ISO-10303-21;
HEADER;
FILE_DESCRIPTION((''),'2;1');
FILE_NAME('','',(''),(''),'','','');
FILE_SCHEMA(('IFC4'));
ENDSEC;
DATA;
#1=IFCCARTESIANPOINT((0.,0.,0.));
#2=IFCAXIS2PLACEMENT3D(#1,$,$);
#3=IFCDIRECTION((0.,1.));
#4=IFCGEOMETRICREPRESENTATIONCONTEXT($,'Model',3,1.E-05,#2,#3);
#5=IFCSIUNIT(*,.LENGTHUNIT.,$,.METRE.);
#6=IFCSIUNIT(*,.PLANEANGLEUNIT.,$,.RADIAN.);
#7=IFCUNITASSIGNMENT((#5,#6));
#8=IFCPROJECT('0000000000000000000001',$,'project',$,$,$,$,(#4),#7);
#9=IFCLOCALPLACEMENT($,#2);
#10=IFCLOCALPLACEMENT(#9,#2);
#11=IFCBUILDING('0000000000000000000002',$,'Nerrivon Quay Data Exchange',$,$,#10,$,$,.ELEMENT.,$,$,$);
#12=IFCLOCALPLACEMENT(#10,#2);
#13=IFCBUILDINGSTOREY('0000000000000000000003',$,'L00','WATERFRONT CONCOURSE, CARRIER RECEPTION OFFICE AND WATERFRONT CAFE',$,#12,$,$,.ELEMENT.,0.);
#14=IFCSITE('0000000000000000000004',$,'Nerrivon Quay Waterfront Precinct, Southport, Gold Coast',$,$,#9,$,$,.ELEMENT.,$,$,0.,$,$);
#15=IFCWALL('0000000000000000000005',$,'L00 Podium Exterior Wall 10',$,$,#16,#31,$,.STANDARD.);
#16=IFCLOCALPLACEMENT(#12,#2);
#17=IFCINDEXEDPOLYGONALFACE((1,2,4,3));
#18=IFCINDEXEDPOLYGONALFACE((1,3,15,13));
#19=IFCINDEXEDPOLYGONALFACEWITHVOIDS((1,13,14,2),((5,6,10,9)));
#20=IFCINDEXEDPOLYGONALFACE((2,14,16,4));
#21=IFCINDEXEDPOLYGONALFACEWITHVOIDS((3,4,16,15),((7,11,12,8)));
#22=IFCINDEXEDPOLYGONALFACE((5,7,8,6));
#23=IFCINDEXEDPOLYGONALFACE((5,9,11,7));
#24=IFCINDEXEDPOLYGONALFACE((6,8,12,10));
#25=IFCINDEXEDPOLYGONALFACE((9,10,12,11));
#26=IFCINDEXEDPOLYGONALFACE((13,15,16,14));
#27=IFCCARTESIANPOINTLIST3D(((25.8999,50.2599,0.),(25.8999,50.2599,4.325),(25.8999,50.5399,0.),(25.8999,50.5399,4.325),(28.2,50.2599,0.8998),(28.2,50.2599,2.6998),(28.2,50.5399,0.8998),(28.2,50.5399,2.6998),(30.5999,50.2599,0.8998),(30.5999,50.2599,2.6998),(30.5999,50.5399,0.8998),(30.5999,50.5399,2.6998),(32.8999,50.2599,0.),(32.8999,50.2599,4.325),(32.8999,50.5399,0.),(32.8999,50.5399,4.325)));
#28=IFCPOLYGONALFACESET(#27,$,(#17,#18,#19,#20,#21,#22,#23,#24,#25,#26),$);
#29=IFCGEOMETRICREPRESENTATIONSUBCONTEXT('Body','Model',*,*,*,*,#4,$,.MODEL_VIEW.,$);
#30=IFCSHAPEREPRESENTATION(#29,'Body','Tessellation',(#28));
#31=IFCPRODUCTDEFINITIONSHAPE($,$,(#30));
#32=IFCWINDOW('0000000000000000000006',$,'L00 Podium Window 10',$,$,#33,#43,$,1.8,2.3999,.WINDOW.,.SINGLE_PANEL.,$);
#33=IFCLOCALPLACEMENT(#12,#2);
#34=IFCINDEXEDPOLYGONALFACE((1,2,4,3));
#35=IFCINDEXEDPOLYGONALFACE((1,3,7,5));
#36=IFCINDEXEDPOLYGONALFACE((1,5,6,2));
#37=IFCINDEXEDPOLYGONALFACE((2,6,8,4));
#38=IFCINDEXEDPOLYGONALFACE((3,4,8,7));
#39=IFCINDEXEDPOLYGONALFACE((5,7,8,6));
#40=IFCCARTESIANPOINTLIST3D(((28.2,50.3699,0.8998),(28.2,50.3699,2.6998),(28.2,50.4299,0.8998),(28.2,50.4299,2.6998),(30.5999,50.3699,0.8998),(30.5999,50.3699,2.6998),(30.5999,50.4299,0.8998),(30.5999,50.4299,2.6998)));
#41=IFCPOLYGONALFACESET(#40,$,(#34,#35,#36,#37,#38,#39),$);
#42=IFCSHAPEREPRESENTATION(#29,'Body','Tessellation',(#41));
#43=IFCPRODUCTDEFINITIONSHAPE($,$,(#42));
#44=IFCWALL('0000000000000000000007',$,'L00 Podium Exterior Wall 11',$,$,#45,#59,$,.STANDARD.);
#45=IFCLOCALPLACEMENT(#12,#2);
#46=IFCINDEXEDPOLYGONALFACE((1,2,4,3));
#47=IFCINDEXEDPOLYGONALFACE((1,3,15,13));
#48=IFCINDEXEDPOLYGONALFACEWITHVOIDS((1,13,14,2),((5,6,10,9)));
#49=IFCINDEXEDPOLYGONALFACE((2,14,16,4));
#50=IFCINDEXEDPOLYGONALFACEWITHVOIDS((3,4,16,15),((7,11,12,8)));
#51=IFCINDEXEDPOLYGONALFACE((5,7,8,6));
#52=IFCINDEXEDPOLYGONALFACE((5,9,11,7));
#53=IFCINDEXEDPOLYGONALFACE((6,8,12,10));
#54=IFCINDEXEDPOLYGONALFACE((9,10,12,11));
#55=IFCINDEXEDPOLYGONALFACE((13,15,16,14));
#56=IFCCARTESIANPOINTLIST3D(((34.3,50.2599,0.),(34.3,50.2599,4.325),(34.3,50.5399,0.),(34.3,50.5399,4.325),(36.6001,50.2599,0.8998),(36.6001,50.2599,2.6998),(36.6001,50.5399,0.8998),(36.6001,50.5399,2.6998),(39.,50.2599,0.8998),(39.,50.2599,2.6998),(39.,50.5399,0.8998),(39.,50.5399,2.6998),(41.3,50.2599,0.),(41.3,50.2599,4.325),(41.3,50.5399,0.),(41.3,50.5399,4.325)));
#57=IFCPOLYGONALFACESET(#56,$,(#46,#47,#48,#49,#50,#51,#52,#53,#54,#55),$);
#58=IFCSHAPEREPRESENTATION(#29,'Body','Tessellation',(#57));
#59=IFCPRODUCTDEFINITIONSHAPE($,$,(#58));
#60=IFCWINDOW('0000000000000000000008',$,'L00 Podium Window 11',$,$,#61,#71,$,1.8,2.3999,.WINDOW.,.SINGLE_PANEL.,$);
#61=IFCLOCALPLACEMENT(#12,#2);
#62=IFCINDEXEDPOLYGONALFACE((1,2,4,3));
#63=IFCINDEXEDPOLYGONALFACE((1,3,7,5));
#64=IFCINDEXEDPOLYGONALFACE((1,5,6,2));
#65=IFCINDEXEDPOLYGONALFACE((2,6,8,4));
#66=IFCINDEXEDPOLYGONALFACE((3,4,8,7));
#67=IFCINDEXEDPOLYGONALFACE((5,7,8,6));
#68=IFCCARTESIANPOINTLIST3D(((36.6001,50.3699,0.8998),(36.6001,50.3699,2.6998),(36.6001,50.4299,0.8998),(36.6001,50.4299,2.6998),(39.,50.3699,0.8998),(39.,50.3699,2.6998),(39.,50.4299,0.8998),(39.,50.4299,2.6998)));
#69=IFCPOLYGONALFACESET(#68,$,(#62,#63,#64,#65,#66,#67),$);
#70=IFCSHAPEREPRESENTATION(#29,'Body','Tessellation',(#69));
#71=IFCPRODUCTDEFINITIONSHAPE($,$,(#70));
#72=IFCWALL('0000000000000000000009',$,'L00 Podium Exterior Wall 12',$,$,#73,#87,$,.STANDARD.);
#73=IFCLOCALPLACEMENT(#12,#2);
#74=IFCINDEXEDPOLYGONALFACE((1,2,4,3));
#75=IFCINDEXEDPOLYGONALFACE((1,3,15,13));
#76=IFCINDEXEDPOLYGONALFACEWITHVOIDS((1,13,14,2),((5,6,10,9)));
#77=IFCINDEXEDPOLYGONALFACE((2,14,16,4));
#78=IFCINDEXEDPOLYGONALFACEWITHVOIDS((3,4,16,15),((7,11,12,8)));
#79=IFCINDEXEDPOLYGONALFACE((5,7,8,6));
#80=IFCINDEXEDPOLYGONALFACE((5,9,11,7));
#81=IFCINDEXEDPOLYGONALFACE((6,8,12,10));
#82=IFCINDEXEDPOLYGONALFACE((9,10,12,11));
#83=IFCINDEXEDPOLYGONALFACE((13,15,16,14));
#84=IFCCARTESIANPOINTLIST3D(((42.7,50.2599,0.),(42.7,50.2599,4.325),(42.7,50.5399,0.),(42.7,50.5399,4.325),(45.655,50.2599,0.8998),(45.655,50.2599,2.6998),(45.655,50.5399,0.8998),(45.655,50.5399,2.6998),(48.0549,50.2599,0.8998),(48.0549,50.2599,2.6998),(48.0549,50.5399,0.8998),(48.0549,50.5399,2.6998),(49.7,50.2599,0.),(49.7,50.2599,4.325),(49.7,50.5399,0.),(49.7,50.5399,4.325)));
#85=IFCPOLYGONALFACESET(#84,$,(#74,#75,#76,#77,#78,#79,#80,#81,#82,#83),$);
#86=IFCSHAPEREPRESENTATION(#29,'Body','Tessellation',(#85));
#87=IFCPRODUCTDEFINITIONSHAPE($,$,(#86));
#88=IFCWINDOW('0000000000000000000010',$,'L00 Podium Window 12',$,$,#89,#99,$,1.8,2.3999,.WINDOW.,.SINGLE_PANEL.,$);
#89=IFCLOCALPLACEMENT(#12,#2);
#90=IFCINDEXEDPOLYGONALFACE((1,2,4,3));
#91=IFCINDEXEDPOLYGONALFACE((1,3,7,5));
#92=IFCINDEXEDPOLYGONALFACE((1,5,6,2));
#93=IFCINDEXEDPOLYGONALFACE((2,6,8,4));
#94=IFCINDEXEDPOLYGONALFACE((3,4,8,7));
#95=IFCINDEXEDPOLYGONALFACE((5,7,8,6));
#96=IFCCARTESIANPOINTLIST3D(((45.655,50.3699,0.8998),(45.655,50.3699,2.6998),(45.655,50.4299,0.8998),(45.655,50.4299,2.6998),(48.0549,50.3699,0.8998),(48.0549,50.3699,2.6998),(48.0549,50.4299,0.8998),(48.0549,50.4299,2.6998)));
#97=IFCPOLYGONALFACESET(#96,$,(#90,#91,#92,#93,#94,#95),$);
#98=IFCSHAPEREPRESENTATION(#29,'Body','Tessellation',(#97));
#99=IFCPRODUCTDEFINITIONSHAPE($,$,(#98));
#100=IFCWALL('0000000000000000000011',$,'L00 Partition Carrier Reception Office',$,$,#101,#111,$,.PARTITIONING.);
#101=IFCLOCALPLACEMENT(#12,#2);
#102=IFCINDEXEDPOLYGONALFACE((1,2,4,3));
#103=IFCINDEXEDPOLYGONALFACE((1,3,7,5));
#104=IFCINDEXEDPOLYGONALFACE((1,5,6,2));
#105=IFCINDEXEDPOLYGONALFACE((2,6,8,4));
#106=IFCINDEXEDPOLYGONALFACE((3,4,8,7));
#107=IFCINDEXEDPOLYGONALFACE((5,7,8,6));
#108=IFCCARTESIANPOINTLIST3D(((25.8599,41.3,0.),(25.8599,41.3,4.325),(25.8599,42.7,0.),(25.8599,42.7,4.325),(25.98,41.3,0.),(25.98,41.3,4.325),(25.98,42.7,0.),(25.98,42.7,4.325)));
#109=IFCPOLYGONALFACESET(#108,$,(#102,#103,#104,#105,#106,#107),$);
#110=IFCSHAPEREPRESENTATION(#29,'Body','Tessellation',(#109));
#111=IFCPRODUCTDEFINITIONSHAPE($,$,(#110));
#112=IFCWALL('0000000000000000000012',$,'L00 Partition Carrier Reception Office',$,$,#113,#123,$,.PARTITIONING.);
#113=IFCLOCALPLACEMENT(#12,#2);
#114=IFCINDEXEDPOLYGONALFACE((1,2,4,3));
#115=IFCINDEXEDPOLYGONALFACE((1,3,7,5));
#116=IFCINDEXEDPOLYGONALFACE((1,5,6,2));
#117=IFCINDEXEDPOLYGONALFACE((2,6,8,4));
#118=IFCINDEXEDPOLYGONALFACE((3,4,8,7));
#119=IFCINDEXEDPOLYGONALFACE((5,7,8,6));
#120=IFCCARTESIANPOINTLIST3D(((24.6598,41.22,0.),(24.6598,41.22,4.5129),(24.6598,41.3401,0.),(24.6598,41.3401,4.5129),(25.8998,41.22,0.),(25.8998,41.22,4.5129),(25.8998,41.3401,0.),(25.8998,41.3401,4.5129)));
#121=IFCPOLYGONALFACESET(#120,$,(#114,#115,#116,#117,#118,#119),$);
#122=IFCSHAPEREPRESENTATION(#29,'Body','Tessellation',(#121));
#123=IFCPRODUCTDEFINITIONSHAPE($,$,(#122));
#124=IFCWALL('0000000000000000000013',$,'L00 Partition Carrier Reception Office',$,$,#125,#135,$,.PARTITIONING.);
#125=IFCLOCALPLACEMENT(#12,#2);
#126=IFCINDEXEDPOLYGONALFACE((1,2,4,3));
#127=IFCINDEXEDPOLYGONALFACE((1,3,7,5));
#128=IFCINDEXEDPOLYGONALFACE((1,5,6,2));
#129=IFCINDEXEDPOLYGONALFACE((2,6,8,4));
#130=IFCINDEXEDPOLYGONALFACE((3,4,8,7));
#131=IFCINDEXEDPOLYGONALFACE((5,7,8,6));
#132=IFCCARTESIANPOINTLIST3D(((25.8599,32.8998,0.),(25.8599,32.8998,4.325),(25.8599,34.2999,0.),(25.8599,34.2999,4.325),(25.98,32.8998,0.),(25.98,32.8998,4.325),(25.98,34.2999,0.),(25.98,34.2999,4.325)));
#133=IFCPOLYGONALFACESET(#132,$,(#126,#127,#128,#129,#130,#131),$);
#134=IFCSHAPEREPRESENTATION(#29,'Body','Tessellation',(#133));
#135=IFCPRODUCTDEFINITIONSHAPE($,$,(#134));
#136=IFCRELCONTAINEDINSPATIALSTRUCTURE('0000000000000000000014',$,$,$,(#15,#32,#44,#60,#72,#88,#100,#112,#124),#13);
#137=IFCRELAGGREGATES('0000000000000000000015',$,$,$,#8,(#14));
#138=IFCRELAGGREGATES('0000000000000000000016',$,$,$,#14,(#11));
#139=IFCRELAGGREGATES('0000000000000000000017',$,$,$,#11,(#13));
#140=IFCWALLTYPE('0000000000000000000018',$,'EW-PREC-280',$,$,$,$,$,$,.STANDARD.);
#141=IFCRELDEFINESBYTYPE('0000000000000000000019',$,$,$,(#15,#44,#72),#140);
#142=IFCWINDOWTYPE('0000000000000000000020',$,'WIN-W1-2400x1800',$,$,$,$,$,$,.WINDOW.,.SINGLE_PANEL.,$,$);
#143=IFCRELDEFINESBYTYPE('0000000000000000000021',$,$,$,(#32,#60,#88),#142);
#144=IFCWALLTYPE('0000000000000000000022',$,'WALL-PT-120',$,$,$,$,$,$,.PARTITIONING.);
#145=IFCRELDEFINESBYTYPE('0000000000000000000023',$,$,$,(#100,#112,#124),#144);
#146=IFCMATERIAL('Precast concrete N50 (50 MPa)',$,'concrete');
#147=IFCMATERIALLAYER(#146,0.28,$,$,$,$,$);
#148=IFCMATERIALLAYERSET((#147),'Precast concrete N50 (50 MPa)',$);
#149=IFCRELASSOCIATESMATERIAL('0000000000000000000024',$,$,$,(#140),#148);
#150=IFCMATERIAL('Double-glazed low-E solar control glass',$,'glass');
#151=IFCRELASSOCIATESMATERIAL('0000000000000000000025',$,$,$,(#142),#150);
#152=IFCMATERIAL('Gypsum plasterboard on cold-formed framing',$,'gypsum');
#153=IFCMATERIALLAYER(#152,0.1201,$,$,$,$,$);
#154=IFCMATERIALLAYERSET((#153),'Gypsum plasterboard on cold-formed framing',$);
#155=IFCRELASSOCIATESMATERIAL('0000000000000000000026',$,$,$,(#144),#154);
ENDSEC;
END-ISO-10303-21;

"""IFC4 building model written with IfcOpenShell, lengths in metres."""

from ifc_helpers import new_model, si_unit, direction, frame, frame_2d, origin, place, context, subcontext, project, spatial, rectangle, extrude, material, layer, layer_set, type_object, element, fill, save


model = new_model("IFC4")

# Units and contexts
model_context = context("Model", 3, precision=1e-05, world=origin(), true_north=direction((0.0, 1.0)))
body_context = subcontext(model_context, "Body", "Model", "MODEL_VIEW")
ifc_project = project(units=[si_unit("LENGTHUNIT", "METRE"), si_unit("PLANEANGLEUNIT", "RADIAN")], contexts=[model_context])

# Site, building, storey
site_placement = place(None, origin())
site = spatial("IfcSite", under=ifc_project, at=site_placement, Name="Nerrivon Quay Waterfront Precinct, Southport, Gold Coast", CompositionType="ELEMENT", RefElevation=0.0)
building_placement = place(site_placement, origin())
building = spatial("IfcBuilding", under=site, at=building_placement, Name="Nerrivon Quay Data Exchange", CompositionType="ELEMENT")
storey_placement = place(building_placement, origin())
storey = spatial("IfcBuildingStorey", under=building, at=storey_placement, Name="L00", Description="WATERFRONT CONCOURSE, CARRIER RECEPTION OFFICE AND WATERFRONT CAFE", CompositionType="ELEMENT", Elevation=0.0)

# Walls, openings, windows
ifc_material_1 = material(Name="Precast concrete N50 (50 MPa)", Category="concrete")
ifc_layer_1 = layer(ifc_material_1, 0.28)
ifc_layer_set_1 = layer_set([ifc_layer_1], Name="Precast concrete N50 (50 MPa)")
wall_type_1 = type_object("IfcWallType", Name="EW-PREC-280", PredefinedType="STANDARD", material=ifc_layer_set_1)
wall_1_placement = place(storey_placement, frame((25.8999, 50.3999, 0.0), z_axis=(0.0, 0.0, 1.0), x_axis=(1.0, 0.0, 0.0)))
wall_1 = element("IfcWall", 1, at=wall_1_placement, inside=storey, type_object=wall_type_1, Name="L00 Podium Exterior Wall 10", PredefinedType="STANDARD", context=body_context, shape_type="SweptSolid", body=[
    extrude(rectangle(XDim=7.0, YDim=0.28, at=frame_2d((3.5, 0.0))), origin(), (0.0, 0.0, 1.0), 4.325),
])
opening_1_placement = place(wall_1_placement, frame((2.3, 0.0, 0.8999)))
opening_1 = element("IfcOpeningElement", 2, at=opening_1_placement, cuts=wall_1, PredefinedType="OPENING", context=body_context, shape_type="SweptSolid", body=[
    extrude(rectangle(XDim=2.3999, YDim=1.8, at=frame_2d((1.2, 0.8999))), frame((0.0, 0.1499, 0.0), z_axis=(0.0, -1.0, 0.0), x_axis=(1.0, 0.0, 0.0)), (0.0, 0.0, 1.0), 0.3),
])
ifc_material_2 = material(Name="Double-glazed low-E solar control glass", Category="glass")
window_type = type_object("IfcWindowType", Name="WIN-W1-2400x1800", PartitioningType="SINGLE_PANEL", PredefinedType="WINDOW", material=ifc_material_2)
window_1_placement = place(opening_1_placement, origin())
window_1 = element("IfcWindow", 3, at=window_1_placement, inside=storey, type_object=window_type, Name="L00 Podium Window 10", OverallHeight=1.8, OverallWidth=2.3999, PartitioningType="SINGLE_PANEL", PredefinedType="WINDOW", context=body_context, shape_type="SweptSolid", body=[
    extrude(rectangle(XDim=2.3999, YDim=1.8, at=frame_2d((1.2, 0.8999))), frame((0.0, 0.03, 0.0), z_axis=(0.0, -1.0, 0.0), x_axis=(1.0, 0.0, 0.0)), (0.0, 0.0, 1.0), 0.0601),
])
fill(opening_1, window_1)
wall_2_placement = place(storey_placement, frame((34.3, 50.3999, 0.0), z_axis=(0.0, 0.0, 1.0), x_axis=(1.0, 0.0, 0.0)))
wall_2 = element("IfcWall", 4, at=wall_2_placement, inside=storey, type_object=wall_type_1, Name="L00 Podium Exterior Wall 11", PredefinedType="STANDARD", context=body_context, shape_type="SweptSolid", body=[
    extrude(rectangle(XDim=7.0, YDim=0.28, at=frame_2d((3.5, 0.0))), origin(), (0.0, 0.0, 1.0), 4.325),
])
opening_2_placement = place(wall_2_placement, frame((2.3, 0.0, 0.8999)))
opening_2 = element("IfcOpeningElement", 5, at=opening_2_placement, cuts=wall_2, PredefinedType="OPENING", context=body_context, shape_type="SweptSolid", body=[
    extrude(rectangle(XDim=2.3999, YDim=1.8, at=frame_2d((1.2, 0.8999))), frame((0.0, 0.1499, 0.0), z_axis=(0.0, -1.0, 0.0), x_axis=(1.0, 0.0, 0.0)), (0.0, 0.0, 1.0), 0.3),
])
window_2_placement = place(opening_2_placement, origin())
window_2 = element("IfcWindow", 6, at=window_2_placement, inside=storey, type_object=window_type, Name="L00 Podium Window 11", OverallHeight=1.8, OverallWidth=2.3999, PartitioningType="SINGLE_PANEL", PredefinedType="WINDOW", context=body_context, shape_type="SweptSolid", body=[
    extrude(rectangle(XDim=2.3999, YDim=1.8, at=frame_2d((1.2, 0.8999))), frame((0.0, 0.03, 0.0), z_axis=(0.0, -1.0, 0.0), x_axis=(1.0, 0.0, 0.0)), (0.0, 0.0, 1.0), 0.0601),
])
fill(opening_2, window_2)
wall_3_placement = place(storey_placement, frame((42.7, 50.3999, 0.0), z_axis=(0.0, 0.0, 1.0), x_axis=(1.0, 0.0, 0.0)))
wall_3 = element("IfcWall", 7, at=wall_3_placement, inside=storey, type_object=wall_type_1, Name="L00 Podium Exterior Wall 12", PredefinedType="STANDARD", context=body_context, shape_type="SweptSolid", body=[
    extrude(rectangle(XDim=7.0, YDim=0.28, at=frame_2d((3.5, 0.0))), origin(), (0.0, 0.0, 1.0), 4.325),
])
opening_3_placement = place(wall_3_placement, frame((2.9551, 0.0, 0.8999)))
opening_3 = element("IfcOpeningElement", 8, at=opening_3_placement, cuts=wall_3, PredefinedType="OPENING", context=body_context, shape_type="SweptSolid", body=[
    extrude(rectangle(XDim=2.3999, YDim=1.8, at=frame_2d((1.2, 0.8999))), frame((0.0, 0.1499, 0.0), z_axis=(0.0, -1.0, 0.0), x_axis=(1.0, 0.0, 0.0)), (0.0, 0.0, 1.0), 0.3),
])
window_3_placement = place(opening_3_placement, origin())
window_3 = element("IfcWindow", 9, at=window_3_placement, inside=storey, type_object=window_type, Name="L00 Podium Window 12", OverallHeight=1.8, OverallWidth=2.3999, PartitioningType="SINGLE_PANEL", PredefinedType="WINDOW", context=body_context, shape_type="SweptSolid", body=[
    extrude(rectangle(XDim=2.3999, YDim=1.8, at=frame_2d((1.2, 0.8999))), frame((0.0, 0.03, 0.0), z_axis=(0.0, -1.0, 0.0), x_axis=(1.0, 0.0, 0.0)), (0.0, 0.0, 1.0), 0.0601),
])
fill(opening_3, window_3)

# Walls
ifc_material_3 = material(Name="Gypsum plasterboard on cold-formed framing", Category="gypsum")
ifc_layer_2 = layer(ifc_material_3, 0.1201)
ifc_layer_set_2 = layer_set([ifc_layer_2], Name="Gypsum plasterboard on cold-formed framing")
wall_type_2 = type_object("IfcWallType", Name="WALL-PT-120", PredefinedType="PARTITIONING", material=ifc_layer_set_2)
wall_4_placement = place(storey_placement, frame((25.9199, 42.7, 0.0), z_axis=(0.0, 0.0, 1.0), x_axis=(0.0, -1.0, 0.0)))
element("IfcWall", 10, at=wall_4_placement, inside=storey, type_object=wall_type_2, Name="L00 Partition Carrier Reception Office", PredefinedType="PARTITIONING", context=body_context, shape_type="SweptSolid", body=[
    extrude(rectangle(XDim=1.3999, YDim=0.1201, at=frame_2d((0.7, 0.0))), origin(), (0.0, 0.0, 1.0), 4.325),
])
wall_5_placement = place(storey_placement, frame((25.8999, 41.28, 0.0), z_axis=(0.0, 0.0, 1.0), x_axis=(-1.0, 0.0, 0.0)))
element("IfcWall", 11, at=wall_5_placement, inside=storey, type_object=wall_type_2, Name="L00 Partition Carrier Reception Office", PredefinedType="PARTITIONING", context=body_context, shape_type="SweptSolid", body=[
    extrude(rectangle(XDim=1.24, YDim=0.1201, at=frame_2d((0.6201, 0.0))), origin(), (0.0, 0.0, 1.0), 4.5129),
])
wall_6_placement = place(storey_placement, frame((25.9199, 34.3, 0.0), z_axis=(0.0, 0.0, 1.0), x_axis=(0.0, -1.0, 0.0)))
element("IfcWall", 12, at=wall_6_placement, inside=storey, type_object=wall_type_2, Name="L00 Partition Carrier Reception Office", PredefinedType="PARTITIONING", context=body_context, shape_type="SweptSolid", body=[
    extrude(rectangle(XDim=1.4001, YDim=0.1201, at=frame_2d((0.7002, 0.0))), origin(), (0.0, 0.0, 1.0), 4.325),
])

save(model, "model.ifc")
